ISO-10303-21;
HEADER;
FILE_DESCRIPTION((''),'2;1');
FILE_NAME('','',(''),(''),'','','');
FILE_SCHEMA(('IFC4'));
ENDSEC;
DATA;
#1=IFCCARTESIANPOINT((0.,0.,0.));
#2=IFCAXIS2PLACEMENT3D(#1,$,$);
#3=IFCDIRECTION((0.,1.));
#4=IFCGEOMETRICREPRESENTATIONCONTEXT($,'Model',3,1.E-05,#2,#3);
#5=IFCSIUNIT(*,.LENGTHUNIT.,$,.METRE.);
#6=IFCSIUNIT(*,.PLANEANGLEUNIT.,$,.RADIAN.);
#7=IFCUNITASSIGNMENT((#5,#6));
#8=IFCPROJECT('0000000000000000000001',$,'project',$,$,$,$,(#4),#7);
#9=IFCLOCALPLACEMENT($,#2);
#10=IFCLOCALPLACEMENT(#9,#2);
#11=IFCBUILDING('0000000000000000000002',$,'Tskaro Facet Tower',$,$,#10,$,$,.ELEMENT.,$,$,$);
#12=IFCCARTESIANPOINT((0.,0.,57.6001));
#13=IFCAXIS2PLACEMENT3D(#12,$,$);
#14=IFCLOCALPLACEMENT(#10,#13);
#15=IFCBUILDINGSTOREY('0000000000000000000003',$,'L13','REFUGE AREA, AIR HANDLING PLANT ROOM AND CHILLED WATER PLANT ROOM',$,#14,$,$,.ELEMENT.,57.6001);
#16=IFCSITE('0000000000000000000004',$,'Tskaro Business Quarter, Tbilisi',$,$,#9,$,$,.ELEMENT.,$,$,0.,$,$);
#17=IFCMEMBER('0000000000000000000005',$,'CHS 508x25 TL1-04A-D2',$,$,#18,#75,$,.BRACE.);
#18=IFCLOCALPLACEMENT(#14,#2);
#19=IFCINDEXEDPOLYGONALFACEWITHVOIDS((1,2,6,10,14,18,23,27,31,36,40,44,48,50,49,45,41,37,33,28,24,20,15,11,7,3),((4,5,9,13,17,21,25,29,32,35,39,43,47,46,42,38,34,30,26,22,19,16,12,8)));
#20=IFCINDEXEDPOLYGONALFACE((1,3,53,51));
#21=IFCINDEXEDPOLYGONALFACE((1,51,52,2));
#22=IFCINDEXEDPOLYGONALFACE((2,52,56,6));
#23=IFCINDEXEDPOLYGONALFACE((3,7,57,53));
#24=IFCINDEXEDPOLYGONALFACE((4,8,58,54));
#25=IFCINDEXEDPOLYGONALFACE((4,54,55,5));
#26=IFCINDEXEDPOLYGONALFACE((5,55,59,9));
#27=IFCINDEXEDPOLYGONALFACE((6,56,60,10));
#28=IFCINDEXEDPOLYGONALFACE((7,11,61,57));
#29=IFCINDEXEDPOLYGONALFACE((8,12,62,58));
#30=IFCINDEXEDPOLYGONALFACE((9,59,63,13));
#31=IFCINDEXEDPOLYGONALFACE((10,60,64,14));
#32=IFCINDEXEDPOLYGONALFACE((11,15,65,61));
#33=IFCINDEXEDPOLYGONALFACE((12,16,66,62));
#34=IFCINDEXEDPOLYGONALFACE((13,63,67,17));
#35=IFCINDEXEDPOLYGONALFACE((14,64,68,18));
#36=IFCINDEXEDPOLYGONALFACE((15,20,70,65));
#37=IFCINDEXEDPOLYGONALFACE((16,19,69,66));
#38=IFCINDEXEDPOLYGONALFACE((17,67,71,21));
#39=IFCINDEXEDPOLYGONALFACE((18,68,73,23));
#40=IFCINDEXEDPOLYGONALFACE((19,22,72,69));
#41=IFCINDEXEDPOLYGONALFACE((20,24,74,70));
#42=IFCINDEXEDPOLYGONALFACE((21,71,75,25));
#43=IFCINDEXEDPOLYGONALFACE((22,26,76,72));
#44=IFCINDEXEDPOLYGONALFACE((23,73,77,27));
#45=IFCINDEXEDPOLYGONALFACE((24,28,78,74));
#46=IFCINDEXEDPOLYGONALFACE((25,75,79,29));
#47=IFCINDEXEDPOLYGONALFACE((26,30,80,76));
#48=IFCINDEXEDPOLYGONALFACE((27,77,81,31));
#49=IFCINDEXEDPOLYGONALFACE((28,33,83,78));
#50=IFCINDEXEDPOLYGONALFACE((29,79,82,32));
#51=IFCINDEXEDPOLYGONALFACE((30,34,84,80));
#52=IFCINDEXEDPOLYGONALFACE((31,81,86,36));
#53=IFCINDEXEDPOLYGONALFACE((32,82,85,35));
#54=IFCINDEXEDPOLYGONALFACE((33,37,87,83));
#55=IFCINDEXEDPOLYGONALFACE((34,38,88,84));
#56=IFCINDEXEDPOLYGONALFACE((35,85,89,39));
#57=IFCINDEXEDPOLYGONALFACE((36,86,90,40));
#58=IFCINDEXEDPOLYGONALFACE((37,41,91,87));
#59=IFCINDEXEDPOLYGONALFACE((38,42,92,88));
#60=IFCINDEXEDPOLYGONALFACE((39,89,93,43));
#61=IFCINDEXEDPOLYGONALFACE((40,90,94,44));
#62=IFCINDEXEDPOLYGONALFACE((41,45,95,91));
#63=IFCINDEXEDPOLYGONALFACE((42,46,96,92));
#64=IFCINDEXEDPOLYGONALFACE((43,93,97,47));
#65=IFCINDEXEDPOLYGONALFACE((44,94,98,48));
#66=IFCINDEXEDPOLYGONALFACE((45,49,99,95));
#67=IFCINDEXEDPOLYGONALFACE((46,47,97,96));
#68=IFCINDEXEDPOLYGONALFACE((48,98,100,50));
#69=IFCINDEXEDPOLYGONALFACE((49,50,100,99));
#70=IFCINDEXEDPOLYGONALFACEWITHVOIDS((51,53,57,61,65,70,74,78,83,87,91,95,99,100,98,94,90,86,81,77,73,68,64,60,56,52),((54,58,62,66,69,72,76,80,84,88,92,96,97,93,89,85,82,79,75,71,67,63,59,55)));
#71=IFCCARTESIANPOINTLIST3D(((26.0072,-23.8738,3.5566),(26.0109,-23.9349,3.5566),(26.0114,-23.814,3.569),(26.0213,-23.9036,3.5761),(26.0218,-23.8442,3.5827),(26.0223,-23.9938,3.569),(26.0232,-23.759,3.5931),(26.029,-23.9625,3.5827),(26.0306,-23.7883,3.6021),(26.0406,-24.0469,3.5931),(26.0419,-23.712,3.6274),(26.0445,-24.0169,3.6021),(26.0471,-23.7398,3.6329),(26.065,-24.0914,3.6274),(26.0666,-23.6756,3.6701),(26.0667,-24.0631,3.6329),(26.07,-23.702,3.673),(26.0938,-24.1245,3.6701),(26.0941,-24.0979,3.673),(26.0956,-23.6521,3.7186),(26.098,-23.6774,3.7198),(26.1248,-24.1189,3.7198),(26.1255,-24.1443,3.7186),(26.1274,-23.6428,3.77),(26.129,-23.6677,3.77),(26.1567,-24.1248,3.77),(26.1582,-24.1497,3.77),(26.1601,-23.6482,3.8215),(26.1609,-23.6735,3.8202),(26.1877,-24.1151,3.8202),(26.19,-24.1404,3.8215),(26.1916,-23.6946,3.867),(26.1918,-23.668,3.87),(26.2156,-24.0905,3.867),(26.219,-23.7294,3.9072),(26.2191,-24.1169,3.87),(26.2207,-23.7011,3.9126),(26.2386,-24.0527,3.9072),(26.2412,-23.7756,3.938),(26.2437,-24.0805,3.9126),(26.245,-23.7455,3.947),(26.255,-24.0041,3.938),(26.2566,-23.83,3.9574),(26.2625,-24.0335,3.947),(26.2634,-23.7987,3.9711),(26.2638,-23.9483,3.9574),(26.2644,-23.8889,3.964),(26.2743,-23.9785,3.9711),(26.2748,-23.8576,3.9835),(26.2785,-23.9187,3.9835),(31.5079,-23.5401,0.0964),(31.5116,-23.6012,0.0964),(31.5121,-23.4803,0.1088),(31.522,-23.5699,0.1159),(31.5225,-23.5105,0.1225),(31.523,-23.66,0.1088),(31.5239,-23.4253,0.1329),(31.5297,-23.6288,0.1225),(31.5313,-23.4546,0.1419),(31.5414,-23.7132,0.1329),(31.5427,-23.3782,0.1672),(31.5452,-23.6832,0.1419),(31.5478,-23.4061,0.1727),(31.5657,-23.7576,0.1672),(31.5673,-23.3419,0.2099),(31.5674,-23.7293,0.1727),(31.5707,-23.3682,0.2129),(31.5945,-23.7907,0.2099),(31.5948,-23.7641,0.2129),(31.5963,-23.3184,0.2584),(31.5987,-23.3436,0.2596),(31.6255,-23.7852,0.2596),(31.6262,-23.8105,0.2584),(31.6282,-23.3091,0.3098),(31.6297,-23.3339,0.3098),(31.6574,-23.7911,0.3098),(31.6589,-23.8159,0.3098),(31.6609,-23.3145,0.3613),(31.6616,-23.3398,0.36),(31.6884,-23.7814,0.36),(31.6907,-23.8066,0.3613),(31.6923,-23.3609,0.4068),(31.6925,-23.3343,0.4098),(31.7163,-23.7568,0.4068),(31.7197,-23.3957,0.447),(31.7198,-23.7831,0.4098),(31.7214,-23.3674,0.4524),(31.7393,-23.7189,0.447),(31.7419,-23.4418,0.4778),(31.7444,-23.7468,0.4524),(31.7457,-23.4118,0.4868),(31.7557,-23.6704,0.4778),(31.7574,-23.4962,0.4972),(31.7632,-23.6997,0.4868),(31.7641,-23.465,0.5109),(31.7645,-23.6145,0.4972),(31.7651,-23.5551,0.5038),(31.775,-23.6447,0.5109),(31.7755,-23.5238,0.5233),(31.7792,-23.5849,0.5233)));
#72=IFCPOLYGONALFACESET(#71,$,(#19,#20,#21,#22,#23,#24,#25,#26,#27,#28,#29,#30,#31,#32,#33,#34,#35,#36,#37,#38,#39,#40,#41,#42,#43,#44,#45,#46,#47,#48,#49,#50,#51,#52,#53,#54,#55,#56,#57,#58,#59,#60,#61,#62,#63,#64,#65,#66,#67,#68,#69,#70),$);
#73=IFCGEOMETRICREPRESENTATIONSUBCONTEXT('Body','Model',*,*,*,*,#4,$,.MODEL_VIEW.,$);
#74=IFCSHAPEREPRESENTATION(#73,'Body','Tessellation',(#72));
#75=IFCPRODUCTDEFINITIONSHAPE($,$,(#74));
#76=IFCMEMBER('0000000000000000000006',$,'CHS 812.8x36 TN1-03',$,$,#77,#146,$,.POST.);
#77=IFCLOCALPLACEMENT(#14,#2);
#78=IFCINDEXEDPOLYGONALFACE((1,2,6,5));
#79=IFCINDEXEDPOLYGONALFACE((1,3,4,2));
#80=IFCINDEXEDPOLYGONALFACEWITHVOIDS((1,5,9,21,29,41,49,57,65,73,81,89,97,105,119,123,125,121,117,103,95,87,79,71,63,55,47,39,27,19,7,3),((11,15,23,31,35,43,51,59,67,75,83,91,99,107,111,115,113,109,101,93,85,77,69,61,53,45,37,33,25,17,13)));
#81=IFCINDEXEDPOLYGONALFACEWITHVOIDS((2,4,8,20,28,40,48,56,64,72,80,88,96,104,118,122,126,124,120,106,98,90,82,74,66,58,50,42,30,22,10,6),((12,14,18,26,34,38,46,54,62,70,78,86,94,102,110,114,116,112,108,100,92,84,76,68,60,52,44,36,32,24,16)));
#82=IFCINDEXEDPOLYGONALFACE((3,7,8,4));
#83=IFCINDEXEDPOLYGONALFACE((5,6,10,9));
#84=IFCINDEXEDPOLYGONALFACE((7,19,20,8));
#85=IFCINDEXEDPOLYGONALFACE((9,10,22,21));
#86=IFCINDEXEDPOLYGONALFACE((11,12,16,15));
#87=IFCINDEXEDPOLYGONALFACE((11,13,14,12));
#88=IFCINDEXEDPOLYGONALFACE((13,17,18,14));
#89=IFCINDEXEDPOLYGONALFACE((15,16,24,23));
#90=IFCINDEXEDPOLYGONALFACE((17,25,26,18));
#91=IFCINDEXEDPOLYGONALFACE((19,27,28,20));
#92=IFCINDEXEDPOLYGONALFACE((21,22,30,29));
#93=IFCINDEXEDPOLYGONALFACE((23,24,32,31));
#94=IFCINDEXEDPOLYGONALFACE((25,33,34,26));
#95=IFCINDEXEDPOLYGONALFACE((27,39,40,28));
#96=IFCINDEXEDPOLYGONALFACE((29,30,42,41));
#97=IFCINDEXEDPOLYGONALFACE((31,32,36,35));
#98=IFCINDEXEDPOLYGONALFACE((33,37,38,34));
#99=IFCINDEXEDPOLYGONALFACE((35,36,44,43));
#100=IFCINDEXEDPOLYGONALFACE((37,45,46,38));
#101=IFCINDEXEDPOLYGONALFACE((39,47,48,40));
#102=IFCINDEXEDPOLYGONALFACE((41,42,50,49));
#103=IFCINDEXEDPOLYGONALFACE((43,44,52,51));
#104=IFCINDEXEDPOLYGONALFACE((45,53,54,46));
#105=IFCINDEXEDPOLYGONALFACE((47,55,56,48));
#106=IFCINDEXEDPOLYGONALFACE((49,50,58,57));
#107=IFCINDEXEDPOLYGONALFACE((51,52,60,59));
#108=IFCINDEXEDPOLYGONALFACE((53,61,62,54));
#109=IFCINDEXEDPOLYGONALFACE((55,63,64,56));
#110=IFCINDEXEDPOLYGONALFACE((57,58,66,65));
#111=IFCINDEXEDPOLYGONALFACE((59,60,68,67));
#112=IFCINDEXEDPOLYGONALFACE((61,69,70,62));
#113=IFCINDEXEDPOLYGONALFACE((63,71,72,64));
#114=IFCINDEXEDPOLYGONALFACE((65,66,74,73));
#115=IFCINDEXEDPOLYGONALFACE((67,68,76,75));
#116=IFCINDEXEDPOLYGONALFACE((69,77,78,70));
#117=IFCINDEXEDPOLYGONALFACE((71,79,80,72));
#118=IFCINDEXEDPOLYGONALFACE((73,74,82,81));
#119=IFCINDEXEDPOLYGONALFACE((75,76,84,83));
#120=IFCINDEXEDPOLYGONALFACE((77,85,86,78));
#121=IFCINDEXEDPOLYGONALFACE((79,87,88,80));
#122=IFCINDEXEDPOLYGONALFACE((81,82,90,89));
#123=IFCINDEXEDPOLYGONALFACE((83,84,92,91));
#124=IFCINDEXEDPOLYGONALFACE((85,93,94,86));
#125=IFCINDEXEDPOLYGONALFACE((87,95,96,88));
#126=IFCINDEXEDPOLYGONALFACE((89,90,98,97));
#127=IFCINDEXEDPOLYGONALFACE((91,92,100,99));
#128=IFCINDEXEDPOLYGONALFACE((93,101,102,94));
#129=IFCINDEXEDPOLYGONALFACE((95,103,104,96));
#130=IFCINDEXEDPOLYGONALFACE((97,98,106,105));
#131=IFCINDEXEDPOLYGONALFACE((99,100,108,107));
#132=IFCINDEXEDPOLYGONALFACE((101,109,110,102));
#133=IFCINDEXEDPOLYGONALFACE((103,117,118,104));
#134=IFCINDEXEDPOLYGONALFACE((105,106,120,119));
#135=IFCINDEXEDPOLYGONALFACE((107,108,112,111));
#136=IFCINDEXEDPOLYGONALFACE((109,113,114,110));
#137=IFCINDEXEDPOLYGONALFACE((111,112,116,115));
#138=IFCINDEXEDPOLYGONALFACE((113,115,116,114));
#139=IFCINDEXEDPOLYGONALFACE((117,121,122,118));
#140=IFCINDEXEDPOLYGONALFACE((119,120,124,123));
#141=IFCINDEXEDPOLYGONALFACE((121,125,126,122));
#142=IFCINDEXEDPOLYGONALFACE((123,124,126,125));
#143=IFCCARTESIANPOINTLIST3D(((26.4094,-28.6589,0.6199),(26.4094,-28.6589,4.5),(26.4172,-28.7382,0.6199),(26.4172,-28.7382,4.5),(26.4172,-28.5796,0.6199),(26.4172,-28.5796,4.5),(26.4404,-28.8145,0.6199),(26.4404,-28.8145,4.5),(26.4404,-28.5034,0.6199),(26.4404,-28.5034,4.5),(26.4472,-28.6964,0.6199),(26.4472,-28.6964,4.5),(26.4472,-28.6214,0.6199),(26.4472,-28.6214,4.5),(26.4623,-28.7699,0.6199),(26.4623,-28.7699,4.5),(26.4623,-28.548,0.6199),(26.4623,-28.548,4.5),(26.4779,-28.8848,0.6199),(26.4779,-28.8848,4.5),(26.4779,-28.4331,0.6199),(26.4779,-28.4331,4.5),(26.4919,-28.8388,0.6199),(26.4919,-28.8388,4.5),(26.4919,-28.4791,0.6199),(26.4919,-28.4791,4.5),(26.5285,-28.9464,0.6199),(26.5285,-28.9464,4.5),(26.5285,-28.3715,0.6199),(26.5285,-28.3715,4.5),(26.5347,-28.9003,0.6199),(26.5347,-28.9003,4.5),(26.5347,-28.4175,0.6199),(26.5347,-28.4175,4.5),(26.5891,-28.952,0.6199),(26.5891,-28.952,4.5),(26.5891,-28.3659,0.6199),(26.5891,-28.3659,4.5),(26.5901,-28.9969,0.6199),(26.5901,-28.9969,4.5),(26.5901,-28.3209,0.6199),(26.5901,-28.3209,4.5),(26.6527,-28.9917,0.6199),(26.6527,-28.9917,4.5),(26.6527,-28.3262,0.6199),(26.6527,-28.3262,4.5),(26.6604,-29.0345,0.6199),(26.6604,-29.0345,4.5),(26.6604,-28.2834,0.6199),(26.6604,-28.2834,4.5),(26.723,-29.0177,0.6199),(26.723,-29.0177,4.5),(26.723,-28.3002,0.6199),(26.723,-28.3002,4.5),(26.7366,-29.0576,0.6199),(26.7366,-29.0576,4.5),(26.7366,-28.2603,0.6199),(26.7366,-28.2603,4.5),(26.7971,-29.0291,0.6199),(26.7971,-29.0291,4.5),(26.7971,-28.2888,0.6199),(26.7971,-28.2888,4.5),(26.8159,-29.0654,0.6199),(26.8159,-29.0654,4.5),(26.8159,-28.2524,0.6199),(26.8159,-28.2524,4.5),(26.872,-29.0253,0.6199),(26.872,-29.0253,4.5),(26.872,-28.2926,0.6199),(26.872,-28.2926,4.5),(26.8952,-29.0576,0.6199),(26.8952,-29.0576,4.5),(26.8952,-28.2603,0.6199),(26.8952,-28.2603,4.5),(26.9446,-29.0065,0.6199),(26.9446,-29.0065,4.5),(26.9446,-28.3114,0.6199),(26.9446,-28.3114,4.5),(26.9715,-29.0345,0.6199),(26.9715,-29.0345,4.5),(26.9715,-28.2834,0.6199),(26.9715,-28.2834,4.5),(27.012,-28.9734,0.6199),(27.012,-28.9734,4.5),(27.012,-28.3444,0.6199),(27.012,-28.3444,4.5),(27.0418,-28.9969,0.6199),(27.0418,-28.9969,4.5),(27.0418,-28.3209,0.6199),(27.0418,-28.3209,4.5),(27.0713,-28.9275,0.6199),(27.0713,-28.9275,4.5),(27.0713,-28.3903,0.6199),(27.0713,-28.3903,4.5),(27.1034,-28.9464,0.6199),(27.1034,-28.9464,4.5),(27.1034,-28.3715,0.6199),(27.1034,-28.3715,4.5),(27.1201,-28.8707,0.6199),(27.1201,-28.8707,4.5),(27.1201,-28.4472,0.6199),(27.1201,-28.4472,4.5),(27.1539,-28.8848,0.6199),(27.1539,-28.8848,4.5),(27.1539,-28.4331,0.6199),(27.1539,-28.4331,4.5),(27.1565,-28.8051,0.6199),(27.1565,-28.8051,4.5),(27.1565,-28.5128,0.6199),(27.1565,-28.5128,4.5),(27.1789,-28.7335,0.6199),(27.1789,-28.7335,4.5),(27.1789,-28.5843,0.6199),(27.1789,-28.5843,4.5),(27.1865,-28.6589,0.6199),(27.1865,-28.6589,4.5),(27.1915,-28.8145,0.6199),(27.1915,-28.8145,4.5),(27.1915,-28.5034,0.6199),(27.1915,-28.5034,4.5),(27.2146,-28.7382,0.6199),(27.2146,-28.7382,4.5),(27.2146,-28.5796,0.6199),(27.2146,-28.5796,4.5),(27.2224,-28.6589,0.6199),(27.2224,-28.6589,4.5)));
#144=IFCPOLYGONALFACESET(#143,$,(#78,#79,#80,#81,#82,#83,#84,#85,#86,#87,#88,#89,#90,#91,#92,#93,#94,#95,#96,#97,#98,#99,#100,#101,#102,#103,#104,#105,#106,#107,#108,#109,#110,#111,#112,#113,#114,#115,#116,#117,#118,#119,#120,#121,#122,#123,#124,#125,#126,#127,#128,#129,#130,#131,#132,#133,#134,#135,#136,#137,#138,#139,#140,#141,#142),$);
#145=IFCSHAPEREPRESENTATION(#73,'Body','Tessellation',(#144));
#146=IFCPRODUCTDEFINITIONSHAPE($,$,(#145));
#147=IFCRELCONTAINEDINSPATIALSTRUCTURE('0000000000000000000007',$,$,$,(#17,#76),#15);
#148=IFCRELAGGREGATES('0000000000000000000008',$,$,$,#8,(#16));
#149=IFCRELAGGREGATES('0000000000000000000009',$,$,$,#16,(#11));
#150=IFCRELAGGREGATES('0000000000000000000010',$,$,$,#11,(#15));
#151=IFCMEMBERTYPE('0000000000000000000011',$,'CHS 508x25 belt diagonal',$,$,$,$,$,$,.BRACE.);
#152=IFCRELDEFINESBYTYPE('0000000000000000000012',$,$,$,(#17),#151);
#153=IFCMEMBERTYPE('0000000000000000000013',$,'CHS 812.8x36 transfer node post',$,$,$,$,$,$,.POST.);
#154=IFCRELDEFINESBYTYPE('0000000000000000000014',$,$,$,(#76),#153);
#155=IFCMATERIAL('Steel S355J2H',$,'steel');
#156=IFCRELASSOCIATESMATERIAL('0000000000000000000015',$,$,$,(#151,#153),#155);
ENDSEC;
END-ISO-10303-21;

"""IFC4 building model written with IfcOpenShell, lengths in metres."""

from ifc_helpers import new_model, si_unit, direction, frame, origin, origin_2d, place, context, subcontext, project, spatial, hollow_circle, extrude, material, material_profile, profile_set, type_object, element, save


model = new_model("IFC4")

# Units and contexts
model_context = context("Model", 3, precision=1e-05, world=origin(), true_north=direction((0.0, 1.0)))
body_context = subcontext(model_context, "Body", "Model", "MODEL_VIEW")
ifc_project = project(units=[si_unit("LENGTHUNIT", "METRE"), si_unit("PLANEANGLEUNIT", "RADIAN")], contexts=[model_context])

# Site, building, storey
site_placement = place(None, origin())
site = spatial("IfcSite", under=ifc_project, at=site_placement, Name="Tskaro Business Quarter, Tbilisi", CompositionType="ELEMENT", RefElevation=0.0)
building_placement = place(site_placement, origin())
building = spatial("IfcBuilding", under=site, at=building_placement, Name="Tskaro Facet Tower", CompositionType="ELEMENT")
storey_placement = place(building_placement, frame((0.0, 0.0, 57.6001)))
storey = spatial("IfcBuildingStorey", under=building, at=storey_placement, Name="L13", Description="REFUGE AREA, AIR HANDLING PLANT ROOM AND CHILLED WATER PLANT ROOM", CompositionType="ELEMENT", Elevation=57.6001)

# Shared definitions
ifc_material_1 = material(Name="Steel S355J2H", Category="steel")

# Members
ifc_material_profile_1 = material_profile(ifc_material_1, hollow_circle(Radius=0.2539, WallThickness=0.0249, at=origin_2d()), Name="CHS 508x25")
ifc_profile_set_1 = profile_set([ifc_material_profile_1], Name="Steel S355J2H")
member_type_1 = type_object("IfcMemberType", Name="CHS 508x25 belt diagonal", PredefinedType="BRACE", material=ifc_profile_set_1)
for number, where, z_axis, x_axis, name in (
    (1, (26.1428, -23.8962, 3.77), (0.845342, 0.051289, -0.531758), (-0.060561, 0.998165, 0.0), "CHS 508x25 TL1-04A-D2"),
):
    element("IfcMember", number, at=place(storey_placement, frame(where, z_axis=z_axis, x_axis=x_axis)), inside=storey, type_object=member_type_1, Name=name, PredefinedType="BRACE", context=body_context, shape_type="SweptSolid", body=[
        extrude(hollow_circle(Radius=0.2539, WallThickness=0.0249, at=origin_2d()), origin(), (0.0, 0.0, 1.0), 6.5071),
    ])
ifc_material_profile_2 = material_profile(ifc_material_1, hollow_circle(Radius=0.4065, WallThickness=0.0359, at=origin_2d()), Name="CHS 812.8x36")
ifc_profile_set_2 = profile_set([ifc_material_profile_2], Name="Steel S355J2H")
member_type_2 = type_object("IfcMemberType", Name="CHS 812.8x36 transfer node post", PredefinedType="POST", material=ifc_profile_set_2)
for number, where, z_axis, x_axis, name in (
    (2, (26.8159, -28.6589, 0.6199), (0.0, 0.0, 1.0), (1.0, 0.0, 0.0), "CHS 812.8x36 TN1-03"),
):
    element("IfcMember", number, at=place(storey_placement, frame(where, z_axis=z_axis, x_axis=x_axis)), inside=storey, type_object=member_type_2, Name=name, PredefinedType="POST", context=body_context, shape_type="SweptSolid", body=[
        extrude(hollow_circle(Radius=0.4065, WallThickness=0.0359, at=origin_2d()), origin(), (0.0, 0.0, 1.0), 3.8801),
    ])

save(model, "model.ifc")
